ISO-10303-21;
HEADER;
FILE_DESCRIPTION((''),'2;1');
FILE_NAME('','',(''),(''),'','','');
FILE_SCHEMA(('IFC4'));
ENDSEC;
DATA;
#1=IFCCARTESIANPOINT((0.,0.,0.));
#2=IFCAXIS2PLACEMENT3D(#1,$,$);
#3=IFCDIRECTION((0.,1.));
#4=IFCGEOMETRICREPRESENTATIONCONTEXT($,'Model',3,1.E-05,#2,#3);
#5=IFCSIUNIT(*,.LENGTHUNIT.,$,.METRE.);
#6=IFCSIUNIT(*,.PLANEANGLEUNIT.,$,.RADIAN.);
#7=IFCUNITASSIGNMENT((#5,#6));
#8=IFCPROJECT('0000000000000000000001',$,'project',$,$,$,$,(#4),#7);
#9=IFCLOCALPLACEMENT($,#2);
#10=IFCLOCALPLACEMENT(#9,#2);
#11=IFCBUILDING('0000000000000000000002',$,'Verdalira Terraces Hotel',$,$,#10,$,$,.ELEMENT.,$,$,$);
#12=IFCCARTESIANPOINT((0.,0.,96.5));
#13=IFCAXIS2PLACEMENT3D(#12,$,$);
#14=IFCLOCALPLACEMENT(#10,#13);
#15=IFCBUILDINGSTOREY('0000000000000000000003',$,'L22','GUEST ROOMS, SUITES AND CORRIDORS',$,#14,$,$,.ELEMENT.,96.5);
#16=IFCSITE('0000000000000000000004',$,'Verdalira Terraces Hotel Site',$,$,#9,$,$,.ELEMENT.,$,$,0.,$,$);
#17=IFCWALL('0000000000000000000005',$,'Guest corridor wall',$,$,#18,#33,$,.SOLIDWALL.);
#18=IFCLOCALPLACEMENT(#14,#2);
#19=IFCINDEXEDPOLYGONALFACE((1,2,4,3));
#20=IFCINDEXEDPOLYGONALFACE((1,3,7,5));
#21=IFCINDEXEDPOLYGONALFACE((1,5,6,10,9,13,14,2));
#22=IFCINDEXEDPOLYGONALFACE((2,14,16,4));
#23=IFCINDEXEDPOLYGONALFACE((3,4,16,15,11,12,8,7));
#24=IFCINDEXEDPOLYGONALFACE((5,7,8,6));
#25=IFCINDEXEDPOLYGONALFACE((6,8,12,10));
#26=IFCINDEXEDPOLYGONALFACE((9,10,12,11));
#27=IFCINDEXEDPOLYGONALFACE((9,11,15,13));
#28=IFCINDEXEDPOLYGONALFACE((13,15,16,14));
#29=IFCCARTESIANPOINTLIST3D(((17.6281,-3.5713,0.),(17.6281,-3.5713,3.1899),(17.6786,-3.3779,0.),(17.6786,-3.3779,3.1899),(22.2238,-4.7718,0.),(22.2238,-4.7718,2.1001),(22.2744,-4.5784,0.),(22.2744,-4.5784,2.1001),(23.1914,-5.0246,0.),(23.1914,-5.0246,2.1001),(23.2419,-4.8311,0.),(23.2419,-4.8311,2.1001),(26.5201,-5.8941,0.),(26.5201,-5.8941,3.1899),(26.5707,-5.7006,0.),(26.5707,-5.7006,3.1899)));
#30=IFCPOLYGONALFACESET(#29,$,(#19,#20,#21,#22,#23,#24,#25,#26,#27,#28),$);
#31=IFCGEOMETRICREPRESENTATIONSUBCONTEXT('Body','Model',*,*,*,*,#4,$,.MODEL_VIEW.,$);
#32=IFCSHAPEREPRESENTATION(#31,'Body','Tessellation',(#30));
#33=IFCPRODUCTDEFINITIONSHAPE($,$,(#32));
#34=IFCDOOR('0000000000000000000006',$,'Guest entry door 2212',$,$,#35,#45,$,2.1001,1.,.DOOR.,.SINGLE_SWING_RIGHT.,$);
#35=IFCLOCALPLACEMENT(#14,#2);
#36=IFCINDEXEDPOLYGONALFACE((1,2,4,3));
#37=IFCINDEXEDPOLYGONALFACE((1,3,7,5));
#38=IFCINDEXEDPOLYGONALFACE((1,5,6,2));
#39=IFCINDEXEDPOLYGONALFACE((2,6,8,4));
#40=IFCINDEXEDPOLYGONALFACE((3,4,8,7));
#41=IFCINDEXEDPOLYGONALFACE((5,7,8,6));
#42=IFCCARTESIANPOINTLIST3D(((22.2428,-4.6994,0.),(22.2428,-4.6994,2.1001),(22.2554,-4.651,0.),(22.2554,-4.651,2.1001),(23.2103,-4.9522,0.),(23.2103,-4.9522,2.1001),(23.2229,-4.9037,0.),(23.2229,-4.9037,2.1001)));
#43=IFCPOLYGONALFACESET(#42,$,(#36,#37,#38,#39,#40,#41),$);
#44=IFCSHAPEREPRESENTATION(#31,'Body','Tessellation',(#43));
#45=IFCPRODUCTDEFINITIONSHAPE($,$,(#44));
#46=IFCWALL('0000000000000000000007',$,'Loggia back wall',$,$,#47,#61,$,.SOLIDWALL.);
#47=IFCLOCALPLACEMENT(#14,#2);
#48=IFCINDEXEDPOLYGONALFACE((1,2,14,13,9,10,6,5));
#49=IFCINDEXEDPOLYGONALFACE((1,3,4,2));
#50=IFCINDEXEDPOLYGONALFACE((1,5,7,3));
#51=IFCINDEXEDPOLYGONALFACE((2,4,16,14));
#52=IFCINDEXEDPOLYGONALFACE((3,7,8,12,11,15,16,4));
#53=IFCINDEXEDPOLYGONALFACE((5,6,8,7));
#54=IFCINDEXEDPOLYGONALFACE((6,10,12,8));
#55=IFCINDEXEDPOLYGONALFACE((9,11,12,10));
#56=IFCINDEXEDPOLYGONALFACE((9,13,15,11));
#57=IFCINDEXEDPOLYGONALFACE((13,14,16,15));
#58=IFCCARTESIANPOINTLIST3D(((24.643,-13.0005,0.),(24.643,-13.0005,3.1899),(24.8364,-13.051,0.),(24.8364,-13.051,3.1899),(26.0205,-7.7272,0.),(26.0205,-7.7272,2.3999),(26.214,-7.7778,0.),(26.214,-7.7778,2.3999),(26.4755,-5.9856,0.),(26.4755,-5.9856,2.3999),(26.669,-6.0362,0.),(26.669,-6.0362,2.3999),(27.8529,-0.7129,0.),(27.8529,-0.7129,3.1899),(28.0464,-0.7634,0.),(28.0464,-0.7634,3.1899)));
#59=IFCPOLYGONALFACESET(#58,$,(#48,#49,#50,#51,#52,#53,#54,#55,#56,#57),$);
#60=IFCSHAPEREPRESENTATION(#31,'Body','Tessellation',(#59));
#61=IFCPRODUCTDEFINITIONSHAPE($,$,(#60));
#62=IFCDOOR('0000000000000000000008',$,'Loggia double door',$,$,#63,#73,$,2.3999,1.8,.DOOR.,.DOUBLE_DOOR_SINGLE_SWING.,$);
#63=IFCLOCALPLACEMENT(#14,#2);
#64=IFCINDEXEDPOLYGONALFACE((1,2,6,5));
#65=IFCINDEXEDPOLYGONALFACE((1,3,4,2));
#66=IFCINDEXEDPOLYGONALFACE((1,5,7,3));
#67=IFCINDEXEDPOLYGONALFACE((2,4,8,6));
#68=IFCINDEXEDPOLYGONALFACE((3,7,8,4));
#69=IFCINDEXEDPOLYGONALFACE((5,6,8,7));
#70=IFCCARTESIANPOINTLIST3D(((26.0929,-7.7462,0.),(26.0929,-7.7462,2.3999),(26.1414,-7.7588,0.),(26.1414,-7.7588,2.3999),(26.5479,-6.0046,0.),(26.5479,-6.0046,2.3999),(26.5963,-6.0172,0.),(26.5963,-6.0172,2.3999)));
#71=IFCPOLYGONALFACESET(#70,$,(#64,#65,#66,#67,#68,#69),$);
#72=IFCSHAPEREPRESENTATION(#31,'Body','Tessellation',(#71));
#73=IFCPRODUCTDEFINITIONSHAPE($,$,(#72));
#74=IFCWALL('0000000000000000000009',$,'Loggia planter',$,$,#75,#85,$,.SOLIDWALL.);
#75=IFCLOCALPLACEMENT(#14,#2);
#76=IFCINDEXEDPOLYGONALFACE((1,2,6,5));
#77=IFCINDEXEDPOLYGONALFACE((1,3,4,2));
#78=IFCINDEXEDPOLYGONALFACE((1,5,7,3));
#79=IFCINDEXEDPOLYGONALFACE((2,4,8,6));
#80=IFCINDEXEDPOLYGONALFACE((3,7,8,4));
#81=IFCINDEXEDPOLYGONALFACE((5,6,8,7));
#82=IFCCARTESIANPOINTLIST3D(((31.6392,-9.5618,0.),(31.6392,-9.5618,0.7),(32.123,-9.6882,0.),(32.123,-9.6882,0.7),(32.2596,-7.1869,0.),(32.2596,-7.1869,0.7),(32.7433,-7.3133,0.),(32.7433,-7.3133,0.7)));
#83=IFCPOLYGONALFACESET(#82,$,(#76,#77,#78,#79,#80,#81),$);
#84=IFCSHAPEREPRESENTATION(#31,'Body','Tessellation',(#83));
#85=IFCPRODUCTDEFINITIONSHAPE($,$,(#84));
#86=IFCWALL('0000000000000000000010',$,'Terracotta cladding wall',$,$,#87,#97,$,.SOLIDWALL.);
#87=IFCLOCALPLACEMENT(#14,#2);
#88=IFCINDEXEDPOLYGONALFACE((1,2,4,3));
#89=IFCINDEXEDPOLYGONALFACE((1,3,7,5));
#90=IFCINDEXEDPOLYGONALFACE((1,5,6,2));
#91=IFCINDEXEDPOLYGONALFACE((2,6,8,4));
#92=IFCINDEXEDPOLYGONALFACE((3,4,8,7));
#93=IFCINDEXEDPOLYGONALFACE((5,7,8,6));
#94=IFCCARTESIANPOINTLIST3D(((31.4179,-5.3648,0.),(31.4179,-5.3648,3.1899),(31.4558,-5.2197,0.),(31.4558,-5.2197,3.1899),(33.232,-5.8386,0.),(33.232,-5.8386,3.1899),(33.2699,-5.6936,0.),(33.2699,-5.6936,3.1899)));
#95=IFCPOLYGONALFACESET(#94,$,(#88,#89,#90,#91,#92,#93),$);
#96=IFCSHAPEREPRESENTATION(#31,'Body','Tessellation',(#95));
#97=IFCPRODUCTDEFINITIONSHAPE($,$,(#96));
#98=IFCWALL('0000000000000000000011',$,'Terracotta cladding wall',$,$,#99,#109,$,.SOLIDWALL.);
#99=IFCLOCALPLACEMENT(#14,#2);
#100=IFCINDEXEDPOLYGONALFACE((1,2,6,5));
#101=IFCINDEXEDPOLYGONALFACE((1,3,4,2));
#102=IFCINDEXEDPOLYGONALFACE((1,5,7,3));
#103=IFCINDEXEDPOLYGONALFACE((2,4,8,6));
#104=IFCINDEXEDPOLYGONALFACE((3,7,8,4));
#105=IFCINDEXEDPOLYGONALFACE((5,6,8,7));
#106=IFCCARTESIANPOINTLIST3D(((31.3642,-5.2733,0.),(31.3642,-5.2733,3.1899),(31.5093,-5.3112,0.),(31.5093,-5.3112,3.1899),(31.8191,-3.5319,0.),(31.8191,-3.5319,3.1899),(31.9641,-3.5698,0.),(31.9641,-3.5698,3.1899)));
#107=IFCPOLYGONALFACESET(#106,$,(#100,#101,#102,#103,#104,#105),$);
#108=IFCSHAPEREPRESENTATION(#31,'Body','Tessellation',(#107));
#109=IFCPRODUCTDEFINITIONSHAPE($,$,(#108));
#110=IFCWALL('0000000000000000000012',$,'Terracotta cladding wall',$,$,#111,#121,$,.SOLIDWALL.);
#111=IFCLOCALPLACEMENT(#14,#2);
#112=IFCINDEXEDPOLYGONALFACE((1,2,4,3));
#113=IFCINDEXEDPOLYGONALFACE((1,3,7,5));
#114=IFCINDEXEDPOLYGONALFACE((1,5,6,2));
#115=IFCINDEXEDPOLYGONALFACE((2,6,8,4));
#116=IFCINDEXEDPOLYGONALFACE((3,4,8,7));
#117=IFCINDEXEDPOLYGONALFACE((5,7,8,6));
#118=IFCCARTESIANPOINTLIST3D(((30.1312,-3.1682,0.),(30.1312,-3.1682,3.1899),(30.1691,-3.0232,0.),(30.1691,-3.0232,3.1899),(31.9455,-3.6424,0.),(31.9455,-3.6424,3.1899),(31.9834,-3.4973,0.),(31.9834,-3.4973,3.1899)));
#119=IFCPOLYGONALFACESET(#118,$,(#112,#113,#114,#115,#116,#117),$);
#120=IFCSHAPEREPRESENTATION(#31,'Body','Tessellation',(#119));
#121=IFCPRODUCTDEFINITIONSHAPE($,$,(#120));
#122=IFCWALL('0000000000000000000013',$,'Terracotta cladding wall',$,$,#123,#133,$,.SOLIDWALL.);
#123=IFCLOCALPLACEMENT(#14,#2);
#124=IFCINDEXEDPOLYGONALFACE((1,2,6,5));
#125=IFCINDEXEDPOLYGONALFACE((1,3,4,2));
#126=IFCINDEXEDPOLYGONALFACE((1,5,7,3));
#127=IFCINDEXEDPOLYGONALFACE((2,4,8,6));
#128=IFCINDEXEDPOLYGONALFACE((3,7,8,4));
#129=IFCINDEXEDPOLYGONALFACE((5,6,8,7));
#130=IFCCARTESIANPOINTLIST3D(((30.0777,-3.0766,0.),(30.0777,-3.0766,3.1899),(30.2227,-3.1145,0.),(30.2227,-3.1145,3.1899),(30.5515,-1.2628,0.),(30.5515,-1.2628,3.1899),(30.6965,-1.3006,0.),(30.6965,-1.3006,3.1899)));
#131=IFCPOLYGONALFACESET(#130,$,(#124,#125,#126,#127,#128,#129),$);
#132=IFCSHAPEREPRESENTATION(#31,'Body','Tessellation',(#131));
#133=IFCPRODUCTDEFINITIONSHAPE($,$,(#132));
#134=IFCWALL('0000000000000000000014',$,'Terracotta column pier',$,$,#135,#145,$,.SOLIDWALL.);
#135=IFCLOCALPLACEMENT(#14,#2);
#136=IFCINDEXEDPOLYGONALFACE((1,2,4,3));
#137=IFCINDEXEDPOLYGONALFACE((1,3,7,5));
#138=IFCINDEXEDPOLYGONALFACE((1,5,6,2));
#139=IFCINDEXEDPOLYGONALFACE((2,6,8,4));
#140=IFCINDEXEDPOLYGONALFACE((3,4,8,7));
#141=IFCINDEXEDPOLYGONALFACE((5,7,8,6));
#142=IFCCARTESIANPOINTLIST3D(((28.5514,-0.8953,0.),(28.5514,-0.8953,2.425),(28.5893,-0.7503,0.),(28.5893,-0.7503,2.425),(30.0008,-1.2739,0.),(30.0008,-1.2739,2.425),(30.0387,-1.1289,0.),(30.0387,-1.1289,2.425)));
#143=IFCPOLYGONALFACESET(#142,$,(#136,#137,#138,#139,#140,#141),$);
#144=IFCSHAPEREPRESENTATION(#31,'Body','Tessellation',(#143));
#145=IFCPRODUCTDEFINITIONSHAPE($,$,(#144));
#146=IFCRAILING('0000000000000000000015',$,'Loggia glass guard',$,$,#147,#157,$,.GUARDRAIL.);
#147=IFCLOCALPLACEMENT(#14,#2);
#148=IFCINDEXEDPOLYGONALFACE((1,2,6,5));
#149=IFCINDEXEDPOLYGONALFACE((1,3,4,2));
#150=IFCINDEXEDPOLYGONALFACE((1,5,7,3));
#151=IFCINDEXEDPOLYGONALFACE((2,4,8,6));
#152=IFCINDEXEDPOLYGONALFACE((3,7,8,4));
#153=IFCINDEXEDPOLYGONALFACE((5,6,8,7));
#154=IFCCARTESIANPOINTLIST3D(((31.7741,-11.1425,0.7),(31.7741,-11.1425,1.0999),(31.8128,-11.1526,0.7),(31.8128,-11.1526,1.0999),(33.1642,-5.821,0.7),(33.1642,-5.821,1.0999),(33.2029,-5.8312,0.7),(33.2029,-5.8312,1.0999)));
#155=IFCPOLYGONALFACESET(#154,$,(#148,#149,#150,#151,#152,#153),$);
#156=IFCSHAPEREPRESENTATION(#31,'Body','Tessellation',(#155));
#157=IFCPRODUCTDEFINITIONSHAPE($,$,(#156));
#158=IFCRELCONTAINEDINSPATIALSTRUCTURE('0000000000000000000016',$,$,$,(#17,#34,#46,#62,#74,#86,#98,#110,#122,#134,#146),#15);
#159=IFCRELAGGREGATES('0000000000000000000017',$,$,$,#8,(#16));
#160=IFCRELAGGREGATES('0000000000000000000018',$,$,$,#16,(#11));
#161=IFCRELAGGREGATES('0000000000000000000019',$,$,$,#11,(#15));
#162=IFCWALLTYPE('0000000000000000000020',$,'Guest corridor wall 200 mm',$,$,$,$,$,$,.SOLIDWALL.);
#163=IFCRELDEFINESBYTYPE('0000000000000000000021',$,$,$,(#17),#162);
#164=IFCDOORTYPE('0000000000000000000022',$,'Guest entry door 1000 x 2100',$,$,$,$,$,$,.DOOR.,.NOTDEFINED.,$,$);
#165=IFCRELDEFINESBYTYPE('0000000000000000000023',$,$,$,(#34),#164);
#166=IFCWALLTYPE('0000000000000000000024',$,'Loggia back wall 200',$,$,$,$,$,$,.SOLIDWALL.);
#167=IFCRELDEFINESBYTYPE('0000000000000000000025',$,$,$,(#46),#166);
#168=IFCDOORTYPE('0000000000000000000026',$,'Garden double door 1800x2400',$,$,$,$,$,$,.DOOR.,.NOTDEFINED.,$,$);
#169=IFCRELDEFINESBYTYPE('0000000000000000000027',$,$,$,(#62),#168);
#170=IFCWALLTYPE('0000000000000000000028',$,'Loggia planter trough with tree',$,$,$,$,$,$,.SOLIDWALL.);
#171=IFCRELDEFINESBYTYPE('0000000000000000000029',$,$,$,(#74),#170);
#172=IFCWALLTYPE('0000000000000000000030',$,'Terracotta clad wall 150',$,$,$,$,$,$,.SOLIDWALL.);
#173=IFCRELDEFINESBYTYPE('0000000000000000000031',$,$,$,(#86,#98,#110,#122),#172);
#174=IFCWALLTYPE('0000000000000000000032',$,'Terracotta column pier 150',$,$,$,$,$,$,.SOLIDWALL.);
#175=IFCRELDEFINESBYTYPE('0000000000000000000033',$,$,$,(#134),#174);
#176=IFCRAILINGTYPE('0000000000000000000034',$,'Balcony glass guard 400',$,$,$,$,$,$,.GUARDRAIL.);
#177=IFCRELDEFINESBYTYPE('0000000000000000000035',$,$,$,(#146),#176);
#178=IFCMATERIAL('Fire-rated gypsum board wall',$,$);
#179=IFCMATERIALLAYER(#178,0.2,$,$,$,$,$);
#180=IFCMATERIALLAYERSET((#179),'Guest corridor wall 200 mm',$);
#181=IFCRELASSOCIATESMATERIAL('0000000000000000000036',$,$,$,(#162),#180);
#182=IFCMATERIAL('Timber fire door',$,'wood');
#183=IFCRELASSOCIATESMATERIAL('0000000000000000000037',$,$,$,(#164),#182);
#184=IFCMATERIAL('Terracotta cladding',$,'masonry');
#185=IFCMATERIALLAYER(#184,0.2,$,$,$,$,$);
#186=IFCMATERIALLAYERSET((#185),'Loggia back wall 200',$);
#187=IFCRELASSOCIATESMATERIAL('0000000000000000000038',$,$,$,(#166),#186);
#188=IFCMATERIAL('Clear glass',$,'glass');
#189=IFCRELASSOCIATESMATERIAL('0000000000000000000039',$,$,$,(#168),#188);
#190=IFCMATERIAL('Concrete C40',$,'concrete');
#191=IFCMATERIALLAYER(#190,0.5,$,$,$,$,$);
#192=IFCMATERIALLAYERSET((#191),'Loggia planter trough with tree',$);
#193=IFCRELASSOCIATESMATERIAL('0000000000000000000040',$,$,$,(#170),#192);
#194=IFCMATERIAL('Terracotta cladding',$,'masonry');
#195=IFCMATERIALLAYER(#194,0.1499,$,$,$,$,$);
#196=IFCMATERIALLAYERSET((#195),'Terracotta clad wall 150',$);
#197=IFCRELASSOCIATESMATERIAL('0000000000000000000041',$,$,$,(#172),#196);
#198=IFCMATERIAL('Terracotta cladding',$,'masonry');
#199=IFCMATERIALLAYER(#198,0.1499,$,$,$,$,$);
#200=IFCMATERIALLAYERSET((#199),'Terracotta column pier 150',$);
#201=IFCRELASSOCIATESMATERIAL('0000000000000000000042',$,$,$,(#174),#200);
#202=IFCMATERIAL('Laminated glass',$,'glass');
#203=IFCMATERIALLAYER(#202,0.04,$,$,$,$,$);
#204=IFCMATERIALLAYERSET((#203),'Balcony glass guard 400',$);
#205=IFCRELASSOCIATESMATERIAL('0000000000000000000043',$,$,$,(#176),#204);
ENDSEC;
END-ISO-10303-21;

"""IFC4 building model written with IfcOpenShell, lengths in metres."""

from ifc_helpers import new_model, si_unit, direction, frame, frame_2d, origin, origin_2d, place, context, subcontext, project, spatial, rectangle, extrude, material, layer, layer_set, type_object, element, fill, save


model = new_model("IFC4")

# Units and contexts
model_context = context("Model", 3, precision=1e-05, world=origin(), true_north=direction((0.0, 1.0)))
body_context = subcontext(model_context, "Body", "Model", "MODEL_VIEW")
ifc_project = project(units=[si_unit("LENGTHUNIT", "METRE"), si_unit("PLANEANGLEUNIT", "RADIAN")], contexts=[model_context])

# Site, building, storey
site_placement = place(None, origin())
site = spatial("IfcSite", under=ifc_project, at=site_placement, Name="Verdalira Terraces Hotel Site", CompositionType="ELEMENT", RefElevation=0.0)
building_placement = place(site_placement, origin())
building = spatial("IfcBuilding", under=site, at=building_placement, Name="Verdalira Terraces Hotel", CompositionType="ELEMENT")
storey_placement = place(building_placement, frame((0.0, 0.0, 96.5)))
storey = spatial("IfcBuildingStorey", under=building, at=storey_placement, Name="L22", Description="GUEST ROOMS, SUITES AND CORRIDORS", CompositionType="ELEMENT", Elevation=96.5)

# Shared definitions
ifc_material_1 = material(Name="Fire-rated gypsum board wall")
ifc_layer_1 = layer(ifc_material_1, 0.2)
ifc_layer_set_1 = layer_set([ifc_layer_1], Name="Guest corridor wall 200 mm")
wall_type_1 = type_object("IfcWallType", Name="Guest corridor wall 200 mm", PredefinedType="SOLIDWALL", material=ifc_layer_set_1)

# Walls, openings, doors
ifc_material_2 = material(Name="Timber fire door", Category="wood")
door_type_1 = type_object("IfcDoorType", Name="Guest entry door 1000 x 2100", OperationType="NOTDEFINED", PredefinedType="DOOR", material=ifc_material_2)
wall_1_placement = place(storey_placement, frame((17.6533, -3.4746, 0.0), z_axis=(0.0, 0.0, 1.0), x_axis=(0.967535, -0.252735, 0.0)))
wall_1 = element("IfcWall", 1, at=wall_1_placement, inside=storey, type_object=wall_type_1, Name="Guest corridor wall", PredefinedType="SOLIDWALL", context=body_context, shape_type="SweptSolid", body=[
    extrude(rectangle(XDim=9.1904, YDim=0.2, at=frame_2d((4.5952, 0.0))), origin(), (0.0, 0.0, 1.0), 3.1899),
])
opening_1_placement = place(wall_1_placement, frame((4.75, 0.0, 0.0)))
opening_1 = element("IfcOpeningElement", 2, at=opening_1_placement, cuts=wall_1, PredefinedType="OPENING", context=body_context, shape_type="SweptSolid", body=[
    extrude(rectangle(XDim=1.0, YDim=2.1001, at=frame_2d((0.5, 1.05))), frame((0.0, 0.1099, 0.0), z_axis=(0.0, -1.0, 0.0), x_axis=(1.0, 0.0, 0.0)), (0.0, 0.0, 1.0), 0.22),
])
door_1_placement = place(opening_1_placement, origin())
door_1 = element("IfcDoor", 3, at=door_1_placement, inside=storey, type_object=door_type_1, Name="Guest entry door 2212", OperationType="SINGLE_SWING_RIGHT", OverallHeight=2.1001, OverallWidth=1.0, PredefinedType="DOOR", context=body_context, shape_type="SweptSolid", body=[
    extrude(rectangle(XDim=1.0, YDim=2.1001, at=frame_2d((0.5, 1.05))), frame((0.0, 0.0249, 0.0), z_axis=(0.0, -1.0, 0.0), x_axis=(1.0, 0.0, 0.0)), (0.0, 0.0, 1.0), 0.05),
])
fill(opening_1, door_1)
ifc_material_3 = material(Name="Terracotta cladding", Category="masonry")
ifc_layer_2 = layer(ifc_material_3, 0.2)
ifc_layer_set_2 = layer_set([ifc_layer_2], Name="Loggia back wall 200")
wall_type_2 = type_object("IfcWallType", Name="Loggia back wall 200", PredefinedType="SOLIDWALL", material=ifc_layer_set_2)
wall_2_placement = place(storey_placement, frame((27.9497, -0.738, 0.0), z_axis=(0.0, 0.0, 1.0), x_axis=(-0.252754, -0.967531, 0.0)))
wall_2 = element("IfcWall", 4, at=wall_2_placement, inside=storey, type_object=wall_type_2, Name="Loggia back wall", PredefinedType="SOLIDWALL", context=body_context, shape_type="SweptSolid", body=[
    extrude(rectangle(XDim=12.7, YDim=0.2, at=frame_2d((6.3501, 0.0))), origin(), (0.0, 0.0, 1.0), 3.1899),
])
opening_2_placement = place(wall_2_placement, frame((5.45, 0.0, 0.0)))
opening_2 = element("IfcOpeningElement", 5, at=opening_2_placement, cuts=wall_2, PredefinedType="OPENING", context=body_context, shape_type="SweptSolid", body=[
    extrude(rectangle(XDim=1.8, YDim=2.3999, at=frame_2d((0.8999, 1.2))), frame((0.0, 0.1099, 0.0), z_axis=(0.0, -1.0, 0.0), x_axis=(1.0, 0.0, 0.0)), (0.0, 0.0, 1.0), 0.22),
])
ifc_material_4 = material(Name="Clear glass", Category="glass")
door_type_2 = type_object("IfcDoorType", Name="Garden double door 1800x2400", OperationType="NOTDEFINED", PredefinedType="DOOR", material=ifc_material_4)
door_2_placement = place(opening_2_placement, origin())
door_2 = element("IfcDoor", 6, at=door_2_placement, inside=storey, type_object=door_type_2, Name="Loggia double door", OperationType="DOUBLE_DOOR_SINGLE_SWING", OverallHeight=2.3999, OverallWidth=1.8, PredefinedType="DOOR", context=body_context, shape_type="SweptSolid", body=[
    extrude(rectangle(XDim=1.8, YDim=2.3999, at=frame_2d((0.8999, 1.2))), frame((0.0, 0.0249, 0.0), z_axis=(0.0, -1.0, 0.0), x_axis=(1.0, 0.0, 0.0)), (0.0, 0.0, 1.0), 0.05),
])
fill(opening_2, door_2)

# Walls
ifc_material_5 = material(Name="Concrete C40", Category="concrete")
ifc_layer_3 = layer(ifc_material_5, 0.5)
ifc_layer_set_3 = layer_set([ifc_layer_3], Name="Loggia planter trough with tree")
wall_type_3 = type_object("IfcWallType", Name="Loggia planter trough with tree", PredefinedType="SOLIDWALL", material=ifc_layer_set_3)
wall_3_placement = place(storey_placement, frame((31.8811, -9.625, 0.0), z_axis=(0.0, 0.0, 1.0), x_axis=(0.252726, 0.967538, 0.0)))
element("IfcWall", 7, at=wall_3_placement, inside=storey, type_object=wall_type_3, Name="Loggia planter", PredefinedType="SOLIDWALL", context=body_context, shape_type="SweptSolid", body=[
    extrude(rectangle(XDim=2.4546, YDim=0.5, at=frame_2d((1.2273, 0.0))), origin(), (0.0, 0.0, 1.0), 0.7),
])
ifc_material_6 = material(Name="Terracotta cladding", Category="masonry")
ifc_layer_4 = layer(ifc_material_6, 0.1499)
ifc_layer_set_4 = layer_set([ifc_layer_4], Name="Terracotta clad wall 150")
wall_type_4 = type_object("IfcWallType", Name="Terracotta clad wall 150", PredefinedType="SOLIDWALL", material=ifc_layer_set_4)
wall_4_placement = place(storey_placement, frame((33.251, -5.7661, 0.0), z_axis=(0.0, 0.0, 1.0), x_axis=(-0.967538, 0.252724, 0.0)))
element("IfcWall", 8, at=wall_4_placement, inside=storey, type_object=wall_type_4, Name="Terracotta cladding wall", PredefinedType="SOLIDWALL", context=body_context, shape_type="SweptSolid", body=[
    extrude(rectangle(XDim=1.875, YDim=0.1499, at=frame_2d((0.9375, 0.0))), origin(), (0.0, 0.0, 1.0), 3.1899),
])
wall_5_placement = place(storey_placement, frame((31.4368, -5.2922, 0.0), z_axis=(0.0, 0.0, 1.0), x_axis=(0.252703, 0.967544, 0.0)))
element("IfcWall", 9, at=wall_5_placement, inside=storey, type_object=wall_type_4, Name="Terracotta cladding wall", PredefinedType="SOLIDWALL", context=body_context, shape_type="SweptSolid", body=[
    extrude(rectangle(XDim=1.7998, YDim=0.1499, at=frame_2d((0.8999, 0.0))), origin(), (0.0, 0.0, 1.0), 3.1899),
])
wall_6_placement = place(storey_placement, frame((31.9644, -3.5698, 0.0), z_axis=(0.0, 0.0, 1.0), x_axis=(-0.967507, 0.252846, 0.0)))
element("IfcWall", 10, at=wall_6_placement, inside=storey, type_object=wall_type_4, Name="Terracotta cladding wall", PredefinedType="SOLIDWALL", context=body_context, shape_type="SweptSolid", body=[
    extrude(rectangle(XDim=1.8752, YDim=0.1499, at=frame_2d((0.9375, 0.0))), origin(), (0.0, 0.0, 1.0), 3.1899),
])
wall_7_placement = place(storey_placement, frame((30.1501, -3.0957, 0.0), z_axis=(0.0, 0.0, 1.0), x_axis=(0.252756, 0.96753, 0.0)))
element("IfcWall", 11, at=wall_7_placement, inside=storey, type_object=wall_type_4, Name="Terracotta cladding wall", PredefinedType="SOLIDWALL", context=body_context, shape_type="SweptSolid", body=[
    extrude(rectangle(XDim=1.8748, YDim=0.1499, at=frame_2d((0.9375, 0.0))), origin(), (0.0, 0.0, 1.0), 3.1899),
])
ifc_material_7 = material(Name="Terracotta cladding", Category="masonry")
ifc_layer_5 = layer(ifc_material_7, 0.1499)
ifc_layer_set_5 = layer_set([ifc_layer_5], Name="Terracotta column pier 150")
wall_type_5 = type_object("IfcWallType", Name="Terracotta column pier 150", PredefinedType="SOLIDWALL", material=ifc_layer_set_5)
wall_8_placement = place(storey_placement, frame((30.0198, -1.2014, 0.0), z_axis=(0.0, 0.0, 1.0), x_axis=(-0.967529, 0.25276, 0.0)))
element("IfcWall", 12, at=wall_8_placement, inside=storey, type_object=wall_type_5, Name="Terracotta column pier", PredefinedType="SOLIDWALL", context=body_context, shape_type="SweptSolid", body=[
    extrude(rectangle(XDim=1.498, YDim=0.1499, at=frame_2d((0.749, 0.0))), origin(), (0.0, 0.0, 1.0), 2.425),
])

# Railing
ifc_material_8 = material(Name="Laminated glass", Category="glass")
ifc_layer_6 = layer(ifc_material_8, 0.04)
ifc_layer_set_6 = layer_set([ifc_layer_6], Name="Balcony glass guard 400")
railing_type = type_object("IfcRailingType", Name="Balcony glass guard 400", PredefinedType="GUARDRAIL", material=ifc_layer_set_6)
railing_placement = place(storey_placement, frame((32.4885, -8.4868, 0.7), z_axis=(0.0, 0.0, 1.0), x_axis=(0.252745, 0.967533, 0.0)))
element("IfcRailing", 13, at=railing_placement, inside=storey, type_object=railing_type, Name="Loggia glass guard", PredefinedType="GUARDRAIL", context=body_context, shape_type="SweptSolid", body=[
    extrude(rectangle(XDim=5.5, YDim=0.04, at=origin_2d()), origin(), (0.0, 0.0, 1.0), 0.3999),
])

save(model, "model.ifc")
